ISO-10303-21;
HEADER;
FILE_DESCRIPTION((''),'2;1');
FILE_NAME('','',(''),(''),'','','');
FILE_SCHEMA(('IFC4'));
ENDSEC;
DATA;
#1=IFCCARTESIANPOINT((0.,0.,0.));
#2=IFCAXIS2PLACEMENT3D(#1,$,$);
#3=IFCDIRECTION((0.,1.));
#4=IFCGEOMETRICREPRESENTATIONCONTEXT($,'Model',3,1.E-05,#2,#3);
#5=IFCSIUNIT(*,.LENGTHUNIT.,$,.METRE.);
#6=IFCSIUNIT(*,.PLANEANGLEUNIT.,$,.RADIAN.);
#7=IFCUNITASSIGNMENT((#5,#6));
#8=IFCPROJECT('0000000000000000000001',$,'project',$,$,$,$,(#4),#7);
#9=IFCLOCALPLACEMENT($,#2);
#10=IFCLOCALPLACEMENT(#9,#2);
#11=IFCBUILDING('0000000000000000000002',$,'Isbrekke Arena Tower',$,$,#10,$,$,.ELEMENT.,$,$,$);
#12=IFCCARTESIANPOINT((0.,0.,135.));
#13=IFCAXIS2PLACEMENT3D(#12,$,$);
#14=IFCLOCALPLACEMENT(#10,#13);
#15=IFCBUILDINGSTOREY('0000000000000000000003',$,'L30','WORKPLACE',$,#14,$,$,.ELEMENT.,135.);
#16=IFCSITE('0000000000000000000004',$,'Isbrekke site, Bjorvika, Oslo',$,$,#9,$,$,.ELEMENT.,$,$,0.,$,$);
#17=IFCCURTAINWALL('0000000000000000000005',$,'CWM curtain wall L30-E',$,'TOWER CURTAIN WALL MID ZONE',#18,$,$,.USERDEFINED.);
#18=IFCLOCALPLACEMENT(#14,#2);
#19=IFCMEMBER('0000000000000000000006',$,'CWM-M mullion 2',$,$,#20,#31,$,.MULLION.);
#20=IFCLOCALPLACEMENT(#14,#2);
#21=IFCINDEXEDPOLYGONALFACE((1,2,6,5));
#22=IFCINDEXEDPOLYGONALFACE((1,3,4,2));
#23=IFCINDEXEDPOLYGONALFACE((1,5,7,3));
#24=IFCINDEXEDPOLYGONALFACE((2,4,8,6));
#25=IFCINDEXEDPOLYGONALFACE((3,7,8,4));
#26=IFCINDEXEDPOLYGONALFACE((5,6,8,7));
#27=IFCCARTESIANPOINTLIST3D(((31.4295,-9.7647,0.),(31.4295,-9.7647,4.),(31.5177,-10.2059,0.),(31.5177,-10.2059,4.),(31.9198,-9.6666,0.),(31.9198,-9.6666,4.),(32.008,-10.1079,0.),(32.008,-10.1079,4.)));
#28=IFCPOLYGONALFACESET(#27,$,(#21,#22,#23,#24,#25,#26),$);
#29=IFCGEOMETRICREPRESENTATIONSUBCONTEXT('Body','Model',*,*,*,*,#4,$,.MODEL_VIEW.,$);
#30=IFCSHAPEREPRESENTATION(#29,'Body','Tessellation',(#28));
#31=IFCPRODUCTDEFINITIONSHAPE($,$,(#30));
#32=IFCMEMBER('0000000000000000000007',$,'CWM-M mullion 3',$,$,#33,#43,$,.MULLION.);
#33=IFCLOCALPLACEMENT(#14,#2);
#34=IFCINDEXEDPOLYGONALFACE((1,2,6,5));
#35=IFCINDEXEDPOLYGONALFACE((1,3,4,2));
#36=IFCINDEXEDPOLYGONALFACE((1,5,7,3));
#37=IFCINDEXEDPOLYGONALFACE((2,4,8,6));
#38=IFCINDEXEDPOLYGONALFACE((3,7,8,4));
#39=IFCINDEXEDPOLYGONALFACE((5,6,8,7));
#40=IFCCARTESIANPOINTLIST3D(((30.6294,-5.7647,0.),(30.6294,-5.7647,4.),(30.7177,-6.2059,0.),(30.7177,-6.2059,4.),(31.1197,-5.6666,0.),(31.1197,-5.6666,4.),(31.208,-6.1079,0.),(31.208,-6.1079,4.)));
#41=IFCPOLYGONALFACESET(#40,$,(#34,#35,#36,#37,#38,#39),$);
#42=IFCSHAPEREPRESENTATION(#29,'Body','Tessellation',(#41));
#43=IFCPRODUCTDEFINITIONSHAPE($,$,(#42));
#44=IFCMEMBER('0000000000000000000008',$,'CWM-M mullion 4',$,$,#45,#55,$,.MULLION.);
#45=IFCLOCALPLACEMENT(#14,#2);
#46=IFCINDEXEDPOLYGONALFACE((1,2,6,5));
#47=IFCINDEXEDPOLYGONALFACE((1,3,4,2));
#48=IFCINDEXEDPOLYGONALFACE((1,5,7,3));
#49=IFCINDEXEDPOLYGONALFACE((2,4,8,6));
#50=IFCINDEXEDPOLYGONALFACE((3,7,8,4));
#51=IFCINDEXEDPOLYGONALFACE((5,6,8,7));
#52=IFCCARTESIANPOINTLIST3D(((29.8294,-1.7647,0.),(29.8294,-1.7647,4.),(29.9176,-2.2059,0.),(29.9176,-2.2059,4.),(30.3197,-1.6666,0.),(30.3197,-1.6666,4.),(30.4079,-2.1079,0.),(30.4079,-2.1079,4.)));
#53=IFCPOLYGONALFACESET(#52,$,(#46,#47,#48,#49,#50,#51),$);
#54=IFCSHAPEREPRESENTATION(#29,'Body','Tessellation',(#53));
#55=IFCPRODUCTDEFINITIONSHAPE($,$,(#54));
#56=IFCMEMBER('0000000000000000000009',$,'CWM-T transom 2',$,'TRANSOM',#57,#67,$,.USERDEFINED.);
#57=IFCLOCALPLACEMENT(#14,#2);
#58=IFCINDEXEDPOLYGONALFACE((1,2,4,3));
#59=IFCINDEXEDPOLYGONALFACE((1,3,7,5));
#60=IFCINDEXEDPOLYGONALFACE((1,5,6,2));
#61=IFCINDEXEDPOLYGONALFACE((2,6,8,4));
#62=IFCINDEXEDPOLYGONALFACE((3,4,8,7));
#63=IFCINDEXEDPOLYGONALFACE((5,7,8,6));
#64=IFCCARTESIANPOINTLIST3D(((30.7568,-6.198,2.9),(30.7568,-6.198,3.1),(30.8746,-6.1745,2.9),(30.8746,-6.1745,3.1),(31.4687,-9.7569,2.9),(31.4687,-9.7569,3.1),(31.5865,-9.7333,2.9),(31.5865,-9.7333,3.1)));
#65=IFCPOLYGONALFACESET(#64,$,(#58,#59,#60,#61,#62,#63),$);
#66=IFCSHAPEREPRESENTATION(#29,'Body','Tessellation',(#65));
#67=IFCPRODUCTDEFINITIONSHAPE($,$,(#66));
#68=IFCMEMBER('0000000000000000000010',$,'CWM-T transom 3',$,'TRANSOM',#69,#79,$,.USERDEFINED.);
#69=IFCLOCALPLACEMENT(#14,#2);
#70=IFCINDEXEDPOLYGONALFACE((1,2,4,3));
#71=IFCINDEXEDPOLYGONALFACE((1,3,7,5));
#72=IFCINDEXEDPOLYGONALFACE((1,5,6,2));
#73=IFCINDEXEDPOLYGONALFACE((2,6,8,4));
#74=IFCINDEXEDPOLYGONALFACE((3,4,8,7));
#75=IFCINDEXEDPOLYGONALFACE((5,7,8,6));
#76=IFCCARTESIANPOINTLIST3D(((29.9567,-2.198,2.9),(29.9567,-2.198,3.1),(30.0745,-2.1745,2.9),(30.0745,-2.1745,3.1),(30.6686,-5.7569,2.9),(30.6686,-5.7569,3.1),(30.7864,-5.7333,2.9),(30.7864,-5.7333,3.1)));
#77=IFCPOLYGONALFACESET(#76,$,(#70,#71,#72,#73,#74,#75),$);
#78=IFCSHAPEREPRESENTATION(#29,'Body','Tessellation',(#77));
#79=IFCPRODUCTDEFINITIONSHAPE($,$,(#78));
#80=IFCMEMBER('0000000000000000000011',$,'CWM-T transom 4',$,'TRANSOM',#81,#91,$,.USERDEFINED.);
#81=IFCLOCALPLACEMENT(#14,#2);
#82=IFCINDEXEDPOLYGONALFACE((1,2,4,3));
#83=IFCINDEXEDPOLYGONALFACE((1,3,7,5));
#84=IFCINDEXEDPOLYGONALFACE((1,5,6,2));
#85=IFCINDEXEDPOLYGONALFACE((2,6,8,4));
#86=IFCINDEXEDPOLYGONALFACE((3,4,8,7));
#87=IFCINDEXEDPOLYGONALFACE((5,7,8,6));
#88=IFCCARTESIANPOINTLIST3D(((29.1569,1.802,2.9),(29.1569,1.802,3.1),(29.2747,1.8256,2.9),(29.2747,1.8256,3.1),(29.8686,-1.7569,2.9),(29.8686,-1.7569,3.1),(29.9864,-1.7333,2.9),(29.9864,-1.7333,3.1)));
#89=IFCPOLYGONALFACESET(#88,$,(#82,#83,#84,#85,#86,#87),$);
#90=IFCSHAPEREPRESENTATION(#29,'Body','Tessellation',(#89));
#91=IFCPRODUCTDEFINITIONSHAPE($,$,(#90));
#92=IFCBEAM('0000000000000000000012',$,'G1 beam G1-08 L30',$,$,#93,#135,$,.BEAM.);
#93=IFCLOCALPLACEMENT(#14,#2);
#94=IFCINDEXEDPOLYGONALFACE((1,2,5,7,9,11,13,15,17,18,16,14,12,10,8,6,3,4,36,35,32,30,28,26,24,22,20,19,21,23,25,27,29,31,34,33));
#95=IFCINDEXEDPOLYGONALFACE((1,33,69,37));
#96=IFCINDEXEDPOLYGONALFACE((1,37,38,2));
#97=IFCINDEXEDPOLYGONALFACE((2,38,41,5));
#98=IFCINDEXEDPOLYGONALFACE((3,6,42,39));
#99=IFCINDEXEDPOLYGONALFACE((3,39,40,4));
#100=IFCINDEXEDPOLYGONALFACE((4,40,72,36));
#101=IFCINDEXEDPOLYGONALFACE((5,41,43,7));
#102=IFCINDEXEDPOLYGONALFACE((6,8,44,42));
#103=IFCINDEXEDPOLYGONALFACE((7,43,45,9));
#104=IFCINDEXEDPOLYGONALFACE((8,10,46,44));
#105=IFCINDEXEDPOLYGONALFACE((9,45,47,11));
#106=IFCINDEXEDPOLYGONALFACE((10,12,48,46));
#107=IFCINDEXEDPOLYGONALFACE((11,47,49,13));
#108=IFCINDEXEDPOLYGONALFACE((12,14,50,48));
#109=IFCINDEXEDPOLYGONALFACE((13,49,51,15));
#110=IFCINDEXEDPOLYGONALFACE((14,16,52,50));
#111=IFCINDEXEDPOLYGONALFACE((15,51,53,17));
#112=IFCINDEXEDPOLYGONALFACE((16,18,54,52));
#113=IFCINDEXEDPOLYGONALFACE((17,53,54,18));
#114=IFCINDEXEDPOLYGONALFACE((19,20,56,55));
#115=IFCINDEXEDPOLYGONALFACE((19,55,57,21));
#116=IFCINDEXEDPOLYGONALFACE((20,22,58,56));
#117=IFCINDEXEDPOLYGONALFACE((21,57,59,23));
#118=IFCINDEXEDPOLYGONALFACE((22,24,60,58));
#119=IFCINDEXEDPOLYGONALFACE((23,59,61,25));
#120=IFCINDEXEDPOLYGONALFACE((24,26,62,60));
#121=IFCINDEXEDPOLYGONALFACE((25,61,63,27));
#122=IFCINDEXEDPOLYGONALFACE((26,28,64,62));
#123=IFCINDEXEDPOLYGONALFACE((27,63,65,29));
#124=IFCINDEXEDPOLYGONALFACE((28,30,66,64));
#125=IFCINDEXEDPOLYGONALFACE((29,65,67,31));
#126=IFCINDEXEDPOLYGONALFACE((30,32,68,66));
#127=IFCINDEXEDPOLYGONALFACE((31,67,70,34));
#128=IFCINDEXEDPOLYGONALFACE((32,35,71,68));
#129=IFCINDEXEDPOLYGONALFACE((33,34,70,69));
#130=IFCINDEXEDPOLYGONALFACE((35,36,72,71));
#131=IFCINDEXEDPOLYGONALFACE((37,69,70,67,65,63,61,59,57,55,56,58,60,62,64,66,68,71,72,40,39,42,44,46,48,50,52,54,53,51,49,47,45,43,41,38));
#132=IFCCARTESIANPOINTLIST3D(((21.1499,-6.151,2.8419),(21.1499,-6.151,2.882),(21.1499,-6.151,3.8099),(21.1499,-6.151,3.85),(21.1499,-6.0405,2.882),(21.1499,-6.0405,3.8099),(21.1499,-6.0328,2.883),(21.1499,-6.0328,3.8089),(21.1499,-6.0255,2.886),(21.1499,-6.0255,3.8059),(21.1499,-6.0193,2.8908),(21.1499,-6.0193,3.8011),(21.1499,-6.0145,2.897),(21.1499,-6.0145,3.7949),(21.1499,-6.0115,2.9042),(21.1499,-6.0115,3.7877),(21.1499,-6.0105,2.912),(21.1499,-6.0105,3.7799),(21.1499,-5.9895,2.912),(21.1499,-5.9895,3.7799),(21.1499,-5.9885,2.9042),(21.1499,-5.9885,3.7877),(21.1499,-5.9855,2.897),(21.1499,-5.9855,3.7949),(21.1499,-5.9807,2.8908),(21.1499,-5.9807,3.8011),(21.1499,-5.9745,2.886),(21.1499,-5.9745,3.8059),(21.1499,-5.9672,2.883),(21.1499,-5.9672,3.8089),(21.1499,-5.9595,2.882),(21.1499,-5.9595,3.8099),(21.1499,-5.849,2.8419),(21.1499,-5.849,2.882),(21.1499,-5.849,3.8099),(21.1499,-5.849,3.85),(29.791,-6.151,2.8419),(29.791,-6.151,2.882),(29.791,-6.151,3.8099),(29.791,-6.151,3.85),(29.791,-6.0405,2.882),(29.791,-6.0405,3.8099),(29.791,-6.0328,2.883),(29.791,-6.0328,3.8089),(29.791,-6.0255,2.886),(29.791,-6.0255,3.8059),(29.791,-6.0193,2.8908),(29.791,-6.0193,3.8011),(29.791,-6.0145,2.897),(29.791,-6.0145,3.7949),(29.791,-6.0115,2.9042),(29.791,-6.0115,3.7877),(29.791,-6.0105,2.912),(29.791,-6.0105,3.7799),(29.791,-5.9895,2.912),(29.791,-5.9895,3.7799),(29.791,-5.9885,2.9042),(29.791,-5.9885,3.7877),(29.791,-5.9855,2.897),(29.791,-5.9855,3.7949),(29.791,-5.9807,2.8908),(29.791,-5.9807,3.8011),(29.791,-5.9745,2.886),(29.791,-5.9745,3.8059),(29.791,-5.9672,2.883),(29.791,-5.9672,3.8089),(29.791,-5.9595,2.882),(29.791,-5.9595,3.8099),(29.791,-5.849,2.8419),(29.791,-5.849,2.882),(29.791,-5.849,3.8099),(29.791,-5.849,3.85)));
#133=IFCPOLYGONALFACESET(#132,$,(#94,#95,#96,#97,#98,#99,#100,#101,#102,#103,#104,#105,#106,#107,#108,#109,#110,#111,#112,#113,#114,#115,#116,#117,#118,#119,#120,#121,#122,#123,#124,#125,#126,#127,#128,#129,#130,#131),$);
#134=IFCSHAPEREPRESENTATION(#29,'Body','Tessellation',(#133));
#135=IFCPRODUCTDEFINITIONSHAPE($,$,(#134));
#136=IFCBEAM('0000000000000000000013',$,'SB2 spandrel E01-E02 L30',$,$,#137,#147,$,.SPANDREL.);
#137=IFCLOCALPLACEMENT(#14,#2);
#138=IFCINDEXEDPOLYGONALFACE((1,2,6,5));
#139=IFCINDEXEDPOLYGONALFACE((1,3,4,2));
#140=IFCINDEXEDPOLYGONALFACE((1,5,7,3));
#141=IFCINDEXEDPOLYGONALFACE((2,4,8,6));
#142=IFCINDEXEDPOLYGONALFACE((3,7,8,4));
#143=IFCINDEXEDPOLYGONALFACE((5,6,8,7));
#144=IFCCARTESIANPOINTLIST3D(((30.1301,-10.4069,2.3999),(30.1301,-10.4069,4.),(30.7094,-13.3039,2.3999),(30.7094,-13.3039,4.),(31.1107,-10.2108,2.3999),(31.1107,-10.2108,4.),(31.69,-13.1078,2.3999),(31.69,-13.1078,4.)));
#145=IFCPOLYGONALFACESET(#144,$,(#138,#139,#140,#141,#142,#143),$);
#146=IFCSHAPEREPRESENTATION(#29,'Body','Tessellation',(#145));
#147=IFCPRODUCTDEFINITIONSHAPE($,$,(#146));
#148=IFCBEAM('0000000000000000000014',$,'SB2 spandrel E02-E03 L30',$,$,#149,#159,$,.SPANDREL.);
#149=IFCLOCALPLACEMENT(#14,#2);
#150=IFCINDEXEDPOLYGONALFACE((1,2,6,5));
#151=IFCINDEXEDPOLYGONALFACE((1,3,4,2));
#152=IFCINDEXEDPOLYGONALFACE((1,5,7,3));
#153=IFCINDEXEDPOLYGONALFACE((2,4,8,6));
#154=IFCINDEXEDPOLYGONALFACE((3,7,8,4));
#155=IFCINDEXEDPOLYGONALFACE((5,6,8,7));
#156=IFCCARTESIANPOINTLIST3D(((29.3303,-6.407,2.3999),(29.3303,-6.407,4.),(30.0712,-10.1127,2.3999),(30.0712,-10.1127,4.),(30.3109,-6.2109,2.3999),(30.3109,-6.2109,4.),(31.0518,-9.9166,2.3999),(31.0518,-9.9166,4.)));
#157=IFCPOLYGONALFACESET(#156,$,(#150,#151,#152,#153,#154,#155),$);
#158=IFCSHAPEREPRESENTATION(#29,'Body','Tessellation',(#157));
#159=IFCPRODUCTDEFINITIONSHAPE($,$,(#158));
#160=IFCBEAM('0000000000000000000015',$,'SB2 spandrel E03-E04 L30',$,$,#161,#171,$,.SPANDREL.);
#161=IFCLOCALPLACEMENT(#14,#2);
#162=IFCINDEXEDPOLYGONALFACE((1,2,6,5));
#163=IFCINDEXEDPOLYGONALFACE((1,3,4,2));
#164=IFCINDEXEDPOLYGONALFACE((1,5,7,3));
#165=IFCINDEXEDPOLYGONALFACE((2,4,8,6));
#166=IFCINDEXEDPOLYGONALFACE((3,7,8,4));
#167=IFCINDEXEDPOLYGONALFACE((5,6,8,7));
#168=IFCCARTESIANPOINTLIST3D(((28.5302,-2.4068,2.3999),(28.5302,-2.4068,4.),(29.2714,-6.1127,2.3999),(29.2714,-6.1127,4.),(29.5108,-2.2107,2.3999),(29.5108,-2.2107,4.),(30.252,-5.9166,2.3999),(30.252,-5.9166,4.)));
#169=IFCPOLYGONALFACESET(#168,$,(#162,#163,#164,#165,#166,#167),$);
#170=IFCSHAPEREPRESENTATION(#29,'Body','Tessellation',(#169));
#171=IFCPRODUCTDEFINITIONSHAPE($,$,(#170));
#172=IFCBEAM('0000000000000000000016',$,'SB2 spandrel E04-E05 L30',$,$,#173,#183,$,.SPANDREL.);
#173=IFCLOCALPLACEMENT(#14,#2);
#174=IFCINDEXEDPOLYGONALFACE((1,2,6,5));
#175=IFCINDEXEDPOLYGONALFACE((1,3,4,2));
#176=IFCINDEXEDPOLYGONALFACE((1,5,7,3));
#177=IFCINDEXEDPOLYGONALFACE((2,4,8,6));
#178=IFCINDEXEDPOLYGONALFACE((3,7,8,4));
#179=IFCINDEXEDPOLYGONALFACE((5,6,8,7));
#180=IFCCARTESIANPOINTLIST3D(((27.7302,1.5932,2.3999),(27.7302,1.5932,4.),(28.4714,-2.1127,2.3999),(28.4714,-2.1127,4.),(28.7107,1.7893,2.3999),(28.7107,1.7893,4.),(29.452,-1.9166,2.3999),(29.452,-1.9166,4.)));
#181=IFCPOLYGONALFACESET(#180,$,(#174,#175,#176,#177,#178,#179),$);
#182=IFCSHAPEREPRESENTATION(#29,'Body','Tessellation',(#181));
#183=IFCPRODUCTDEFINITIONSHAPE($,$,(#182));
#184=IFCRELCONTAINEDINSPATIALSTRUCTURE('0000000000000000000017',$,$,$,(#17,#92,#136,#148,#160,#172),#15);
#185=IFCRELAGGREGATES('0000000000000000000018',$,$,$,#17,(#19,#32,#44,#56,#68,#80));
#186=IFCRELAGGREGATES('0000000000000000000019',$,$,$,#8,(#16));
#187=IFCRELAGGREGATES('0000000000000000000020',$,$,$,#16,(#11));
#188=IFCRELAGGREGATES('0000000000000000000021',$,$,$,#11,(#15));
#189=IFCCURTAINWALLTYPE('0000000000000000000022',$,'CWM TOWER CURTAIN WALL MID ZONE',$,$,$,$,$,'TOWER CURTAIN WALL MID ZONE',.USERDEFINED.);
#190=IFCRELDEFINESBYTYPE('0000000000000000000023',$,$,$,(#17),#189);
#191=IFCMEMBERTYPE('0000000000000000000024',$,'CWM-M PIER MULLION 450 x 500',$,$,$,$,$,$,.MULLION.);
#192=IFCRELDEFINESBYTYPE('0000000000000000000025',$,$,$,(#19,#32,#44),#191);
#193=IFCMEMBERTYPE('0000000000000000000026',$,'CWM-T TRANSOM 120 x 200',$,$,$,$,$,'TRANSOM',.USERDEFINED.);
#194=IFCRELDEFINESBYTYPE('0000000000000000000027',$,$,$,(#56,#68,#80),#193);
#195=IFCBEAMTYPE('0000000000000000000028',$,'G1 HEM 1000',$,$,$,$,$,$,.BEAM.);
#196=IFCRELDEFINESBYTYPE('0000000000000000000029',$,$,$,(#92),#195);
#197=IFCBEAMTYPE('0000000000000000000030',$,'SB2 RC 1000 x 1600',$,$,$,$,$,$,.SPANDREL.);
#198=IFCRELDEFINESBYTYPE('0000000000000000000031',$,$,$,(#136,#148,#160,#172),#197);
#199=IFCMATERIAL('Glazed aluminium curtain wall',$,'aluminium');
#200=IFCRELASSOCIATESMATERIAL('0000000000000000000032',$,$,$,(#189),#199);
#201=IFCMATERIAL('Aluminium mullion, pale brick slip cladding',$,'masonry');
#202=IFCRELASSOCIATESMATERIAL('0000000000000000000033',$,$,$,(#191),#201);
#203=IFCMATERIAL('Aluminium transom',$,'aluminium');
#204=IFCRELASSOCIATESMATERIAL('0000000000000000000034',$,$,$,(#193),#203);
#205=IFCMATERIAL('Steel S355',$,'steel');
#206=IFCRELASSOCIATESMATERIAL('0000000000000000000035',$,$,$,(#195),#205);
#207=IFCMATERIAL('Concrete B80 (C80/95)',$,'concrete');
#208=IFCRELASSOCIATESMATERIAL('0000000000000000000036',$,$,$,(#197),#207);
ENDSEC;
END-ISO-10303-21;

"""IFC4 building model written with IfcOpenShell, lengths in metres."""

from ifc_helpers import new_model, si_unit, direction, frame, origin, origin_2d, place, context, subcontext, project, spatial, rectangle, i_section, extrude, material, material_profile, profile_set, type_object, element, aggregate, save


model = new_model("IFC4")

# Units and contexts
model_context = context("Model", 3, precision=1e-05, world=origin(), true_north=direction((0.0, 1.0)))
body_context = subcontext(model_context, "Body", "Model", "MODEL_VIEW")
ifc_project = project(units=[si_unit("LENGTHUNIT", "METRE"), si_unit("PLANEANGLEUNIT", "RADIAN")], contexts=[model_context])

# Site, building, storey
site_placement = place(None, origin())
site = spatial("IfcSite", under=ifc_project, at=site_placement, Name="Isbrekke site, Bjorvika, Oslo", CompositionType="ELEMENT", RefElevation=0.0)
building_placement = place(site_placement, origin())
building = spatial("IfcBuilding", under=site, at=building_placement, Name="Isbrekke Arena Tower", CompositionType="ELEMENT")
storey_placement = place(building_placement, frame((0.0, 0.0, 135.0)))
storey = spatial("IfcBuildingStorey", under=building, at=storey_placement, Name="L30", Description="WORKPLACE", CompositionType="ELEMENT", Elevation=135.0)

# Curtain wall, members
ifc_material_1 = material(Name="Glazed aluminium curtain wall", Category="aluminium")
curtain_wall_type = type_object("IfcCurtainWallType", Name="CWM TOWER CURTAIN WALL MID ZONE", ElementType="TOWER CURTAIN WALL MID ZONE", PredefinedType="USERDEFINED", material=ifc_material_1)
curtain_wall_placement = place(storey_placement, origin())
curtain_wall = element("IfcCurtainWall", 1, at=curtain_wall_placement, inside=storey, type_object=curtain_wall_type, Name="CWM curtain wall L30-E", ObjectType="TOWER CURTAIN WALL MID ZONE", PredefinedType="USERDEFINED")
ifc_material_2 = material(Name="Aluminium mullion, pale brick slip cladding", Category="masonry")
ifc_material_profile_1 = material_profile(ifc_material_2, rectangle(XDim=0.45, YDim=0.5, at=origin_2d()), Name="PIER 450X500")
ifc_profile_set_1 = profile_set([ifc_material_profile_1], Name="Aluminium mullion, pale brick slip cladding")
member_type_1 = type_object("IfcMemberType", Name="CWM-M PIER MULLION 450 x 500", PredefinedType="MULLION", material=ifc_profile_set_1)
member_1_placement = place(storey_placement, frame((31.7188, -9.9363, 0.0), z_axis=(0.0, 0.0, 1.0), x_axis=(-0.196116, 0.980581, 0.0)))
member_1 = element("IfcMember", 2, at=member_1_placement, type_object=member_type_1, Name="CWM-M mullion 2", PredefinedType="MULLION", context=body_context, shape_type="SweptSolid", body=[
    extrude(rectangle(XDim=0.45, YDim=0.5, at=origin_2d()), origin(), (0.0, 0.0, 1.0), 4.0),
])
member_2_placement = place(storey_placement, frame((30.9187, -5.9363, 0.0), z_axis=(0.0, 0.0, 1.0), x_axis=(-0.196116, 0.980581, 0.0)))
member_2 = element("IfcMember", 3, at=member_2_placement, type_object=member_type_1, Name="CWM-M mullion 3", PredefinedType="MULLION", context=body_context, shape_type="SweptSolid", body=[
    extrude(rectangle(XDim=0.45, YDim=0.5, at=origin_2d()), origin(), (0.0, 0.0, 1.0), 4.0),
])
member_3_placement = place(storey_placement, frame((30.1187, -1.9363, 0.0), z_axis=(0.0, 0.0, 1.0), x_axis=(-0.196116, 0.980581, 0.0)))
member_3 = element("IfcMember", 4, at=member_3_placement, type_object=member_type_1, Name="CWM-M mullion 4", PredefinedType="MULLION", context=body_context, shape_type="SweptSolid", body=[
    extrude(rectangle(XDim=0.45, YDim=0.5, at=origin_2d()), origin(), (0.0, 0.0, 1.0), 4.0),
])
ifc_material_3 = material(Name="Aluminium transom", Category="aluminium")
ifc_material_profile_2 = material_profile(ifc_material_3, rectangle(XDim=0.1201, YDim=0.2, at=origin_2d()), Name="TRANSOM 120X200")
ifc_profile_set_2 = profile_set([ifc_material_profile_2], Name="Aluminium transom")
member_type_2 = type_object("IfcMemberType", Name="CWM-T TRANSOM 120 x 200", ElementType="TRANSOM", PredefinedType="USERDEFINED", material=ifc_profile_set_2)
member_4_placement = place(storey_placement, frame((31.5276, -9.7451, 3.0), z_axis=(-0.196155, 0.980573, 0.0), x_axis=(-0.980573, -0.196155, 0.0)))
member_4 = element("IfcMember", 5, at=member_4_placement, type_object=member_type_2, Name="CWM-T transom 2", ObjectType="TRANSOM", PredefinedType="USERDEFINED", context=body_context, shape_type="SweptSolid", body=[
    extrude(rectangle(XDim=0.1201, YDim=0.2, at=origin_2d()), origin(), (0.0, 0.0, 1.0), 3.6294),
])
member_5_placement = place(storey_placement, frame((30.7275, -5.7451, 3.0), z_axis=(-0.196155, 0.980573, 0.0), x_axis=(-0.980573, -0.196155, 0.0)))
member_5 = element("IfcMember", 6, at=member_5_placement, type_object=member_type_2, Name="CWM-T transom 3", ObjectType="TRANSOM", PredefinedType="USERDEFINED", context=body_context, shape_type="SweptSolid", body=[
    extrude(rectangle(XDim=0.1201, YDim=0.2, at=origin_2d()), origin(), (0.0, 0.0, 1.0), 3.6294),
])
member_6_placement = place(storey_placement, frame((29.9275, -1.7451, 3.0), z_axis=(-0.19609, 0.980586, 0.0), x_axis=(-0.980586, -0.19609, 0.0)))
member_6 = element("IfcMember", 7, at=member_6_placement, type_object=member_type_2, Name="CWM-T transom 4", ObjectType="TRANSOM", PredefinedType="USERDEFINED", context=body_context, shape_type="SweptSolid", body=[
    extrude(rectangle(XDim=0.1201, YDim=0.2, at=origin_2d()), origin(), (0.0, 0.0, 1.0), 3.6294),
])

# Beams
ifc_material_4 = material(Name="Steel S355", Category="steel")
ifc_material_profile_3 = material_profile(ifc_material_4, i_section(OverallWidth=0.302, OverallDepth=1.0081, WebThickness=0.021, FlangeThickness=0.04, FilletRadius=0.03, at=origin_2d()), Name="HEM 1000")
ifc_profile_set_3 = profile_set([ifc_material_profile_3], Name="Steel S355")
beam_type_1 = type_object("IfcBeamType", Name="G1 HEM 1000", PredefinedType="BEAM", material=ifc_profile_set_3)
beam_1_placement = place(storey_placement, frame((21.1499, -6.0, 3.3459), z_axis=(1.0, 0.0, 0.0), x_axis=(0.0, 1.0, 0.0)))
element("IfcBeam", 8, at=beam_1_placement, inside=storey, type_object=beam_type_1, Name="G1 beam G1-08 L30", PredefinedType="BEAM", context=body_context, shape_type="SweptSolid", body=[
    extrude(i_section(OverallWidth=0.302, OverallDepth=1.0081, WebThickness=0.021, FlangeThickness=0.04, FilletRadius=0.03, at=origin_2d()), origin(), (0.0, 0.0, 1.0), 8.6411),
])
ifc_material_5 = material(Name="Concrete B80 (C80/95)", Category="concrete")
ifc_material_profile_4 = material_profile(ifc_material_5, rectangle(XDim=1.0, YDim=1.6001, at=origin_2d()), Name="RC 1000x1600")
ifc_profile_set_4 = profile_set([ifc_material_profile_4], Name="Concrete B80 (C80/95)")
beam_type_2 = type_object("IfcBeamType", Name="SB2 RC 1000 x 1600", PredefinedType="SPANDREL", material=ifc_profile_set_4)
beam_2_placement = place(storey_placement, frame((31.1997, -13.2058, 3.2), z_axis=(-0.1961, 0.980584, 0.0), x_axis=(-0.980584, -0.1961, 0.0)))
element("IfcBeam", 9, at=beam_2_placement, inside=storey, type_object=beam_type_2, Name="SB2 spandrel E01-E02 L30", PredefinedType="SPANDREL", context=body_context, shape_type="SweptSolid", body=[
    extrude(rectangle(XDim=1.0, YDim=1.6001, at=origin_2d()), origin(), (0.0, 0.0, 1.0), 2.9543),
])
beam_3_placement = place(storey_placement, frame((30.5615, -10.0146, 3.2), z_axis=(-0.196066, 0.980591, 0.0), x_axis=(-0.980591, -0.196066, 0.0)))
element("IfcBeam", 10, at=beam_3_placement, inside=storey, type_object=beam_type_2, Name="SB2 spandrel E02-E03 L30", PredefinedType="SPANDREL", context=body_context, shape_type="SweptSolid", body=[
    extrude(rectangle(XDim=1.0, YDim=1.6001, at=origin_2d()), origin(), (0.0, 0.0, 1.0), 3.7791),
])
for number, where, z_axis, x_axis, name in (
    (11, (29.7617, -6.0146, 3.2), (-0.196129, 0.980578, 0.0), (-0.980578, -0.196129, 0.0), "SB2 spandrel E03-E04 L30"),
    (12, (28.9617, -2.0146, 3.2), (-0.196129, 0.980578, 0.0), (-0.980578, -0.196129, 0.0), "SB2 spandrel E04-E05 L30"),
):
    element("IfcBeam", number, at=place(storey_placement, frame(where, z_axis=z_axis, x_axis=x_axis)), inside=storey, type_object=beam_type_2, Name=name, PredefinedType="SPANDREL", context=body_context, shape_type="SweptSolid", body=[
        extrude(rectangle(XDim=1.0, YDim=1.6001, at=origin_2d()), origin(), (0.0, 0.0, 1.0), 3.7793),
    ])

aggregate(curtain_wall, [member_1, member_2, member_3, member_4, member_5, member_6])

save(model, "model.ifc")
